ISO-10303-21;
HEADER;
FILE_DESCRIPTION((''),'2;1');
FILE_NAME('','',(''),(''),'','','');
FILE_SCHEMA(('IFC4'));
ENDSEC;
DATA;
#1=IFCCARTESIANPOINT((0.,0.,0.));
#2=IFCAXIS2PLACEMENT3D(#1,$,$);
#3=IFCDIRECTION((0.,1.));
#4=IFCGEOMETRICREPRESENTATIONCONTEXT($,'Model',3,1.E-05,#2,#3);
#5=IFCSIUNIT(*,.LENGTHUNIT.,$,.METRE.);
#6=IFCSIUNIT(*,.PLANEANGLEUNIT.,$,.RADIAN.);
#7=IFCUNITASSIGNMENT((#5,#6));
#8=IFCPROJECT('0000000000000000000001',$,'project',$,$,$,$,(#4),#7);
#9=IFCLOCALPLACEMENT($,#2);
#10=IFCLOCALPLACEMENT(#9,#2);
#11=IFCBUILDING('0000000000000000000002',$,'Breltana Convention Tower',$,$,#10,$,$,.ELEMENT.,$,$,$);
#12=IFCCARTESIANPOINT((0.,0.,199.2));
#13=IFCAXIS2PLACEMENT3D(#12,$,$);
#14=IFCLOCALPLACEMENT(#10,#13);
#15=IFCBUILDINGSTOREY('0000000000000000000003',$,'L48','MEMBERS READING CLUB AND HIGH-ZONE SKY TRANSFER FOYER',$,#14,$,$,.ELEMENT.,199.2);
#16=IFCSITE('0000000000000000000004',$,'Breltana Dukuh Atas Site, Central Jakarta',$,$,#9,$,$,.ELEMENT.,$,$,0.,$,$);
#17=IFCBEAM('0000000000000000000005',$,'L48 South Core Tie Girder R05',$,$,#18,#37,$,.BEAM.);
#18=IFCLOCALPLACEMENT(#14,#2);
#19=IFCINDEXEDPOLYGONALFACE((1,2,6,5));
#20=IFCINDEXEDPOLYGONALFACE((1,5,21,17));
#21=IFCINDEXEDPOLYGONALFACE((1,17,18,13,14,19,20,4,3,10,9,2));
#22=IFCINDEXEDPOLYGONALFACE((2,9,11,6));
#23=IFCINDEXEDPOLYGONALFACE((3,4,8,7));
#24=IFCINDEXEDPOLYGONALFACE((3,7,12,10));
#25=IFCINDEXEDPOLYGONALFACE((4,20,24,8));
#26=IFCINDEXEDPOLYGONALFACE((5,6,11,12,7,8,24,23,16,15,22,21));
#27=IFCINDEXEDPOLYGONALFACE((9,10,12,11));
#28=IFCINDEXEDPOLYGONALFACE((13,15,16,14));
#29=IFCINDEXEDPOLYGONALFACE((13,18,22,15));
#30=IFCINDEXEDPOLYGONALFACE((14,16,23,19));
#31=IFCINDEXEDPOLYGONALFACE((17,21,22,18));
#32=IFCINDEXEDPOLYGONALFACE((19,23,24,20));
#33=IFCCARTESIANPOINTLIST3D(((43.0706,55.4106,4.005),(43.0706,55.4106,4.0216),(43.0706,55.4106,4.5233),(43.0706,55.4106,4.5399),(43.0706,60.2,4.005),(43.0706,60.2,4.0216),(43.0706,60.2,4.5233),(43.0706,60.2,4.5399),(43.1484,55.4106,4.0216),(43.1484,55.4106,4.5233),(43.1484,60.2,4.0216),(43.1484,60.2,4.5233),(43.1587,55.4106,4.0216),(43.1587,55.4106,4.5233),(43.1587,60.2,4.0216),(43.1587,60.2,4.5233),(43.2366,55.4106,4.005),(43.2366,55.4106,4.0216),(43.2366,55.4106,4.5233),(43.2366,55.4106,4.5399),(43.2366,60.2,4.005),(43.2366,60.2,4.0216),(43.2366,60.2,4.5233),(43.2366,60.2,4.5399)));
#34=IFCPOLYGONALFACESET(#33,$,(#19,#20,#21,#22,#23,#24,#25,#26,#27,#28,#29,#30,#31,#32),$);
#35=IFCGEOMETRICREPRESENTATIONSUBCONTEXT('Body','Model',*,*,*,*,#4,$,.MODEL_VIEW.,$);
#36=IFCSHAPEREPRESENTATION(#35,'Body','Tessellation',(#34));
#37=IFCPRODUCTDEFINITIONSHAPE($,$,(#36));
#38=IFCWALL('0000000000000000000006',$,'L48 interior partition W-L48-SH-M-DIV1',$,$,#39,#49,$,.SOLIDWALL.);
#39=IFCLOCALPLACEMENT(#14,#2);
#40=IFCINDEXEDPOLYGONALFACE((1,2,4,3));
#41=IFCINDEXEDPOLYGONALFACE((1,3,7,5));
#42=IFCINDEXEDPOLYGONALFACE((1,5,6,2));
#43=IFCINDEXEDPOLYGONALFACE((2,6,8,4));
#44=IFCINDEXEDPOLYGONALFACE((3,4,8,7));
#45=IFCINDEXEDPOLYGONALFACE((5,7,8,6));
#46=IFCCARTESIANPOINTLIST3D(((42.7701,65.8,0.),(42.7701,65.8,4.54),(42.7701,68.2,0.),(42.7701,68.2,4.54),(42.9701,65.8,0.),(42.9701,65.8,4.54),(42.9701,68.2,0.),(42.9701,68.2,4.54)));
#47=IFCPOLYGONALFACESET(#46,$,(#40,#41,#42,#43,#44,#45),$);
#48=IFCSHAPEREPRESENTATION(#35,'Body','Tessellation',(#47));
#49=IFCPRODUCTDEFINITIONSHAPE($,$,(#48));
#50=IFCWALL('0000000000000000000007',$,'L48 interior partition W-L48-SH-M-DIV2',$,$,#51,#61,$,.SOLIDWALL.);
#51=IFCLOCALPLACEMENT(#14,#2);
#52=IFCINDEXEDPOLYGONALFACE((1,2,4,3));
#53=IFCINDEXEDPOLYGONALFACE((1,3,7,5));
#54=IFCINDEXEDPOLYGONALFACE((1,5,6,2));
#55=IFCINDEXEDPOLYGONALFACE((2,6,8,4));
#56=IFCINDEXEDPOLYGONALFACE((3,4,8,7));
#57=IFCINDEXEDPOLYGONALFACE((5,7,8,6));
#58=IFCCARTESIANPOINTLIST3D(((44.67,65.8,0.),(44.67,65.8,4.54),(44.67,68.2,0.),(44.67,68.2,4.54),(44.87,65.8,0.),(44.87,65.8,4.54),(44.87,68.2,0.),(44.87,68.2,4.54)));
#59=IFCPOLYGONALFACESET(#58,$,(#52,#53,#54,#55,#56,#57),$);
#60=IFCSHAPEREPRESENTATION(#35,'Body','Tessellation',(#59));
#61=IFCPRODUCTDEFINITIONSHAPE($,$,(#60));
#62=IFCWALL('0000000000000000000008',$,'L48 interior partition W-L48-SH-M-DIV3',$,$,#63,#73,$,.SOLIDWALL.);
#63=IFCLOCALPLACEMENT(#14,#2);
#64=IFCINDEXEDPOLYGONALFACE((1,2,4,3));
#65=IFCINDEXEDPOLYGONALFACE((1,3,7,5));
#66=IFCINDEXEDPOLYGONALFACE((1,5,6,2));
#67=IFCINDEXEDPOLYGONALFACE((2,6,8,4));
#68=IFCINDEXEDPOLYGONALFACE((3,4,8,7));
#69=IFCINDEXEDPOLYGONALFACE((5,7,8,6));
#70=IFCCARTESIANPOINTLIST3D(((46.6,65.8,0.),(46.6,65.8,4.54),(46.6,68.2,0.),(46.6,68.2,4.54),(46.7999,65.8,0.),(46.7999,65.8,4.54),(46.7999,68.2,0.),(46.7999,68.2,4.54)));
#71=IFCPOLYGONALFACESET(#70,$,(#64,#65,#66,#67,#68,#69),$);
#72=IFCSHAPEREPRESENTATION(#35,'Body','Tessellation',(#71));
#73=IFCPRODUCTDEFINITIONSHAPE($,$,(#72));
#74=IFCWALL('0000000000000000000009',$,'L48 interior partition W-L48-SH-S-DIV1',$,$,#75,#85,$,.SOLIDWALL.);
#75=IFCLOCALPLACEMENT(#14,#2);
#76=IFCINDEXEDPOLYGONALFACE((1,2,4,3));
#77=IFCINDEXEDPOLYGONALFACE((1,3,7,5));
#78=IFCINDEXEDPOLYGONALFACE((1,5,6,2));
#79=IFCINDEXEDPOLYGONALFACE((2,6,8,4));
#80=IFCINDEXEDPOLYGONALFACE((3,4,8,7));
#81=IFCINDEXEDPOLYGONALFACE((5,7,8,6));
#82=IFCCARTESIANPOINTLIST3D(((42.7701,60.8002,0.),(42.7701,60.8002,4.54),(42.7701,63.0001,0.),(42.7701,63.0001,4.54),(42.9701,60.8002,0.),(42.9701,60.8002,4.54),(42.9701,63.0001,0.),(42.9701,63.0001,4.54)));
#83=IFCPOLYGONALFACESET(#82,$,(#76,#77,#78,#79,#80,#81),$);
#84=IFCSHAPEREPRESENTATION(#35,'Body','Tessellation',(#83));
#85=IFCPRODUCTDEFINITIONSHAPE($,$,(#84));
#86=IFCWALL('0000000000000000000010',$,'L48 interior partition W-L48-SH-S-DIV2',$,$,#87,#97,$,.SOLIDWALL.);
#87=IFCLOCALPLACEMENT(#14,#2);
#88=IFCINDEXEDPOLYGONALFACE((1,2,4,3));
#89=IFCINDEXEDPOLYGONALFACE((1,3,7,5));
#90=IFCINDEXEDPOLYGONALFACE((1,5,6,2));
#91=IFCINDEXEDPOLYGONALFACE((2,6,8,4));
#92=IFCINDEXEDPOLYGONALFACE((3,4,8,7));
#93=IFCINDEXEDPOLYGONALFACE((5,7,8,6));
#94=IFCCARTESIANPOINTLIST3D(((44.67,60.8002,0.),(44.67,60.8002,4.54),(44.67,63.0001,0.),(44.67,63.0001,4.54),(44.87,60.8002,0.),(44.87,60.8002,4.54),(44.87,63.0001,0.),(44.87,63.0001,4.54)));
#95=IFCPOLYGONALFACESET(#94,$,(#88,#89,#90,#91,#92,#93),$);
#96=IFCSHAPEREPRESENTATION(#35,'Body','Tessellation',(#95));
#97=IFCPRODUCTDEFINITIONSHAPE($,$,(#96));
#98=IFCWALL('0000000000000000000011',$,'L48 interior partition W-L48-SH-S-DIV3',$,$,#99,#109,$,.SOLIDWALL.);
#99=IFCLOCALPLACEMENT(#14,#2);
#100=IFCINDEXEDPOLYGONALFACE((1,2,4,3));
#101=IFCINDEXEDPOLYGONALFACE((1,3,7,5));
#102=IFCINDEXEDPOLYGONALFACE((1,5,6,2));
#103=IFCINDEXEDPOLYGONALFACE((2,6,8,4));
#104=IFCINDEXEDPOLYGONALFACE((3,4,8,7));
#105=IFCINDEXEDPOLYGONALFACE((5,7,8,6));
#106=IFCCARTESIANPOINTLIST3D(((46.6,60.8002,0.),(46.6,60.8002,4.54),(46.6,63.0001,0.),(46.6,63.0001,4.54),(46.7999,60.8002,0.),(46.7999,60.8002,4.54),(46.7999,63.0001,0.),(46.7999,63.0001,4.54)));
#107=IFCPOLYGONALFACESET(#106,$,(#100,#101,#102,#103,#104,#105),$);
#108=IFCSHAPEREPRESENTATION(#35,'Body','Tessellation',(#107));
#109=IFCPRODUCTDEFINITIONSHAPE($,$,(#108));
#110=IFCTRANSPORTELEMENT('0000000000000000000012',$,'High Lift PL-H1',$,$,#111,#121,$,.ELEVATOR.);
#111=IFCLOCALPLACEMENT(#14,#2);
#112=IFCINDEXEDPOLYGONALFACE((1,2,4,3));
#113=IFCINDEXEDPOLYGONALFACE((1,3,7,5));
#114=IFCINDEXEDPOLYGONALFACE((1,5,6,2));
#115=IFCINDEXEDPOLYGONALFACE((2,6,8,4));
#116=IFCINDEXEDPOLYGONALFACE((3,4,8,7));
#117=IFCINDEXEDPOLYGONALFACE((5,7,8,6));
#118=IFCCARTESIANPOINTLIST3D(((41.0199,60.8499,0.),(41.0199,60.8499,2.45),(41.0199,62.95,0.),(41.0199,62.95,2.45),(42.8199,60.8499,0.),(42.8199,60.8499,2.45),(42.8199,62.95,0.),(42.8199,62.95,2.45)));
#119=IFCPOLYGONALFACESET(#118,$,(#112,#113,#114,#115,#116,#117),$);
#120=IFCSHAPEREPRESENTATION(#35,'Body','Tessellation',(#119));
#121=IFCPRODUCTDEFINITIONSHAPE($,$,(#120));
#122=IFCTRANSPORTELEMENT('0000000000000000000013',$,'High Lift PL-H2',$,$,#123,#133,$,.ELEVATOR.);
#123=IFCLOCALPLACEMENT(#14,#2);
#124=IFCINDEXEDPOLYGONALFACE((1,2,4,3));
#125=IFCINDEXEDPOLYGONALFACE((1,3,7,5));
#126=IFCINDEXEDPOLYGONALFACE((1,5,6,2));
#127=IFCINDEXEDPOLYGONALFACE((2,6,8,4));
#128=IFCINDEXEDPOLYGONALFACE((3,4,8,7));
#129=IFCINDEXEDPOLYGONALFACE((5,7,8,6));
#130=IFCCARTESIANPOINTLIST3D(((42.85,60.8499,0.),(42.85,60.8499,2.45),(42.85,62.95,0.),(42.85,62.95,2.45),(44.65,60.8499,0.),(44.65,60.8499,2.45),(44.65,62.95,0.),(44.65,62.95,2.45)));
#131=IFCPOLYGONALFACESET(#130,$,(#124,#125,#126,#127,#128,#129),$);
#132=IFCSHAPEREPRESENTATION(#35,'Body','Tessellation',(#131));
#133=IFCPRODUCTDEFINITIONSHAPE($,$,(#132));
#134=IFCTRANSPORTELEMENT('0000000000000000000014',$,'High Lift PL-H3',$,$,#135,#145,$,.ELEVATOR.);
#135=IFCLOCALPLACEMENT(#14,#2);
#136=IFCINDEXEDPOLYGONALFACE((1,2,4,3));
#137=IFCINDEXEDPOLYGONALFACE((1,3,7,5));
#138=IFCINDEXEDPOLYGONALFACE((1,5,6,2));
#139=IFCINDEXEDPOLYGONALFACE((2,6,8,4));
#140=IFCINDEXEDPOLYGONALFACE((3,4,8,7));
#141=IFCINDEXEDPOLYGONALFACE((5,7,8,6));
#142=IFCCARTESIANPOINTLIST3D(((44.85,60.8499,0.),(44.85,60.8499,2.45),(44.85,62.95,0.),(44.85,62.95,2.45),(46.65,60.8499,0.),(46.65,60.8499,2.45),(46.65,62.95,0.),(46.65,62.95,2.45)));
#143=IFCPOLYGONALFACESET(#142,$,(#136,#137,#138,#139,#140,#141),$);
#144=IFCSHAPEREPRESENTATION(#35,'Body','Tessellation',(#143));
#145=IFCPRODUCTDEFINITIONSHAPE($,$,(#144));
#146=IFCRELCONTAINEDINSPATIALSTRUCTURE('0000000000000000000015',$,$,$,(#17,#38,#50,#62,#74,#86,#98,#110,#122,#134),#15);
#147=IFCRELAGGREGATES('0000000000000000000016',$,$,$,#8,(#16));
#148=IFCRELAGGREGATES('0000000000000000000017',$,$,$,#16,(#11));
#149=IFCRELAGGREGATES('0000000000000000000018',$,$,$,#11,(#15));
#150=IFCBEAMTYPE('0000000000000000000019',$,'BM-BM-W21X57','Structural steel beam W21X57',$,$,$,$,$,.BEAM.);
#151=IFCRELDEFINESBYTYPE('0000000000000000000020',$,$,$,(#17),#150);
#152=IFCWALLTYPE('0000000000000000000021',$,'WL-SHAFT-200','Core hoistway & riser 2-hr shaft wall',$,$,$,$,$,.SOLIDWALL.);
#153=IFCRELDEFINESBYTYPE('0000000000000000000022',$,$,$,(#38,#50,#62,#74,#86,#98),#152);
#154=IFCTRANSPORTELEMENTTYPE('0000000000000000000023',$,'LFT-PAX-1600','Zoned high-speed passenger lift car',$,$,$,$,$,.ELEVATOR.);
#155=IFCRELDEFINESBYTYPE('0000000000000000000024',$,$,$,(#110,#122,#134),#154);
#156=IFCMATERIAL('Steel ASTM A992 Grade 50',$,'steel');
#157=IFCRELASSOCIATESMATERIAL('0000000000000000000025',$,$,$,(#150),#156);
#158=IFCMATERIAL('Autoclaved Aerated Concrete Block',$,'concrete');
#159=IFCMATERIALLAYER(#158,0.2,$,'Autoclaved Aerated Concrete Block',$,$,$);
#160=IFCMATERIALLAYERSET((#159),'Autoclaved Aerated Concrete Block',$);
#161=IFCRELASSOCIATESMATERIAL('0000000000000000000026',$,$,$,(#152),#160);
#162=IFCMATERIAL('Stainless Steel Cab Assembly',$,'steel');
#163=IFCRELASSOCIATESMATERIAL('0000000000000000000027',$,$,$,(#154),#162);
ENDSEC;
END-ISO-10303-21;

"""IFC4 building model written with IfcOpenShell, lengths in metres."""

from ifc_helpers import new_model, si_unit, direction, frame, frame_2d, origin, origin_2d, place, context, subcontext, project, spatial, rectangle, i_section, extrude, source, transform, mapped, material, layer, layer_set, material_profile, profile_set, type_object, type_shapes, element, save


model = new_model("IFC4")

# Units and contexts
model_context = context("Model", 3, precision=1e-05, world=origin(), true_north=direction((0.0, 1.0)))
body_context = subcontext(model_context, "Body", "Model", "MODEL_VIEW")
ifc_project = project(units=[si_unit("LENGTHUNIT", "METRE"), si_unit("PLANEANGLEUNIT", "RADIAN")], contexts=[model_context])

# Site, building, storey
site_placement = place(None, origin())
site = spatial("IfcSite", under=ifc_project, at=site_placement, Name="Breltana Dukuh Atas Site, Central Jakarta", CompositionType="ELEMENT", RefElevation=0.0)
building_placement = place(site_placement, origin())
building = spatial("IfcBuilding", under=site, at=building_placement, Name="Breltana Convention Tower", CompositionType="ELEMENT")
storey_placement = place(building_placement, frame((0.0, 0.0, 199.2)))
storey = spatial("IfcBuildingStorey", under=building, at=storey_placement, Name="L48", Description="MEMBERS READING CLUB AND HIGH-ZONE SKY TRANSFER FOYER", CompositionType="ELEMENT", Elevation=199.2)

# Beam
ifc_material_1 = material(Name="Steel ASTM A992 Grade 50", Category="steel")
ifc_material_profile = material_profile(ifc_material_1, i_section(OverallWidth=0.166, OverallDepth=0.5349, WebThickness=0.0103, FlangeThickness=0.0166, at=origin_2d()), Name="W21X57")
ifc_profile_set = profile_set([ifc_material_profile], Name="Steel ASTM A992 Grade 50")
beam_type = type_object("IfcBeamType", Name="BM-BM-W21X57", Description="Structural steel beam W21X57", PredefinedType="BEAM", material=ifc_profile_set)
shared_shape_1 = source(origin(), body_context, "Body", "SweptSolid", [
    extrude(i_section(OverallWidth=0.166, OverallDepth=0.5349, WebThickness=0.0103, FlangeThickness=0.0166, at=origin_2d()), origin(), (0.0, 0.0, 1.0), 4.7893),
])
beam_placement = place(storey_placement, frame((43.1536, 60.2, 4.2725), z_axis=(0.0, -1.0, 0.0), x_axis=(1.0, 0.0, 0.0)))
element("IfcBeam", 1, at=beam_placement, inside=storey, type_object=beam_type, Name="L48 South Core Tie Girder R05", PredefinedType="BEAM", context=body_context, shape_type="MappedRepresentation", body=[
    mapped(shared_shape_1, transform((0.0, 0.0, 0.0), scale=1.0)),
])

# Walls
ifc_material_2 = material(Name="Autoclaved Aerated Concrete Block", Category="concrete")
ifc_layer = layer(ifc_material_2, 0.2, Name="Autoclaved Aerated Concrete Block")
ifc_layer_set = layer_set([ifc_layer], Name="Autoclaved Aerated Concrete Block")
wall_type = type_object("IfcWallType", Name="WL-SHAFT-200", Description="Core hoistway & riser 2-hr shaft wall", PredefinedType="SOLIDWALL", material=ifc_layer_set)
shared_shape_2 = source(origin(), body_context, "Body", "SweptSolid", [
    extrude(rectangle(XDim=2.3999, YDim=0.2, at=frame_2d((1.2, 0.0))), origin(), (0.0, 0.0, 1.0), 4.54),
])
for number, where, z_axis, x_axis, name in (
    (2, (42.8701, 65.8, 0.0), (0.0, 0.0, 1.0), (0.0, 1.0, 0.0), "L48 interior partition W-L48-SH-M-DIV1"),
    (3, (44.77, 65.8, 0.0), (0.0, 0.0, 1.0), (0.0, 1.0, 0.0), "L48 interior partition W-L48-SH-M-DIV2"),
    (4, (46.7, 65.8, 0.0), (0.0, 0.0, 1.0), (0.0, 1.0, 0.0), "L48 interior partition W-L48-SH-M-DIV3"),
):
    element("IfcWall", number, at=place(storey_placement, frame(where, z_axis=z_axis, x_axis=x_axis)), inside=storey, type_object=wall_type, Name=name, PredefinedType="SOLIDWALL", context=body_context, shape_type="MappedRepresentation", body=[
        mapped(shared_shape_2, transform((0.0, 0.0, 0.0), scale=1.0)),
    ])
shared_shape_3 = source(origin(), body_context, "Body", "SweptSolid", [
    extrude(rectangle(XDim=2.2, YDim=0.2, at=frame_2d((1.1001, 0.0))), origin(), (0.0, 0.0, 1.0), 4.54),
])
for number, where, z_axis, x_axis, name in (
    (5, (42.8701, 60.8, 0.0), (0.0, 0.0, 1.0), (0.0, 1.0, 0.0), "L48 interior partition W-L48-SH-S-DIV1"),
    (6, (44.77, 60.8, 0.0), (0.0, 0.0, 1.0), (0.0, 1.0, 0.0), "L48 interior partition W-L48-SH-S-DIV2"),
    (7, (46.7, 60.8, 0.0), (0.0, 0.0, 1.0), (0.0, 1.0, 0.0), "L48 interior partition W-L48-SH-S-DIV3"),
):
    element("IfcWall", number, at=place(storey_placement, frame(where, z_axis=z_axis, x_axis=x_axis)), inside=storey, type_object=wall_type, Name=name, PredefinedType="SOLIDWALL", context=body_context, shape_type="MappedRepresentation", body=[
        mapped(shared_shape_3, transform((0.0, 0.0, 0.0), scale=1.0)),
    ])

# Transport elements
ifc_material_3 = material(Name="Stainless Steel Cab Assembly", Category="steel")
transport_element_type = type_object("IfcTransportElementType", Name="LFT-PAX-1600", Description="Zoned high-speed passenger lift car", PredefinedType="ELEVATOR", material=ifc_material_3)
shared_shape_4 = source(origin(), body_context, "Body", "SweptSolid", [
    extrude(rectangle(XDim=1.8, YDim=2.1001, at=origin_2d()), origin(), (0.0, 0.0, 1.0), 2.45),
])
type_shapes(transport_element_type, [shared_shape_4])
for number, where, z_axis, x_axis, name in (
    (8, (41.9199, 61.8999, 0.0), (0.0, 0.0, 1.0), (1.0, 0.0, 0.0), "High Lift PL-H1"),
    (9, (43.75, 61.8999, 0.0), (0.0, 0.0, 1.0), (1.0, 0.0, 0.0), "High Lift PL-H2"),
    (10, (45.75, 61.8999, 0.0), (0.0, 0.0, 1.0), (1.0, 0.0, 0.0), "High Lift PL-H3"),
):
    element("IfcTransportElement", number, at=place(storey_placement, frame(where, z_axis=z_axis, x_axis=x_axis)), inside=storey, type_object=transport_element_type, Name=name, PredefinedType="ELEVATOR", context=body_context, shape_type="MappedRepresentation", body=[
        mapped(shared_shape_4, transform((0.0, 0.0, 0.0), scale=1.0)),
    ])

save(model, "model.ifc")
